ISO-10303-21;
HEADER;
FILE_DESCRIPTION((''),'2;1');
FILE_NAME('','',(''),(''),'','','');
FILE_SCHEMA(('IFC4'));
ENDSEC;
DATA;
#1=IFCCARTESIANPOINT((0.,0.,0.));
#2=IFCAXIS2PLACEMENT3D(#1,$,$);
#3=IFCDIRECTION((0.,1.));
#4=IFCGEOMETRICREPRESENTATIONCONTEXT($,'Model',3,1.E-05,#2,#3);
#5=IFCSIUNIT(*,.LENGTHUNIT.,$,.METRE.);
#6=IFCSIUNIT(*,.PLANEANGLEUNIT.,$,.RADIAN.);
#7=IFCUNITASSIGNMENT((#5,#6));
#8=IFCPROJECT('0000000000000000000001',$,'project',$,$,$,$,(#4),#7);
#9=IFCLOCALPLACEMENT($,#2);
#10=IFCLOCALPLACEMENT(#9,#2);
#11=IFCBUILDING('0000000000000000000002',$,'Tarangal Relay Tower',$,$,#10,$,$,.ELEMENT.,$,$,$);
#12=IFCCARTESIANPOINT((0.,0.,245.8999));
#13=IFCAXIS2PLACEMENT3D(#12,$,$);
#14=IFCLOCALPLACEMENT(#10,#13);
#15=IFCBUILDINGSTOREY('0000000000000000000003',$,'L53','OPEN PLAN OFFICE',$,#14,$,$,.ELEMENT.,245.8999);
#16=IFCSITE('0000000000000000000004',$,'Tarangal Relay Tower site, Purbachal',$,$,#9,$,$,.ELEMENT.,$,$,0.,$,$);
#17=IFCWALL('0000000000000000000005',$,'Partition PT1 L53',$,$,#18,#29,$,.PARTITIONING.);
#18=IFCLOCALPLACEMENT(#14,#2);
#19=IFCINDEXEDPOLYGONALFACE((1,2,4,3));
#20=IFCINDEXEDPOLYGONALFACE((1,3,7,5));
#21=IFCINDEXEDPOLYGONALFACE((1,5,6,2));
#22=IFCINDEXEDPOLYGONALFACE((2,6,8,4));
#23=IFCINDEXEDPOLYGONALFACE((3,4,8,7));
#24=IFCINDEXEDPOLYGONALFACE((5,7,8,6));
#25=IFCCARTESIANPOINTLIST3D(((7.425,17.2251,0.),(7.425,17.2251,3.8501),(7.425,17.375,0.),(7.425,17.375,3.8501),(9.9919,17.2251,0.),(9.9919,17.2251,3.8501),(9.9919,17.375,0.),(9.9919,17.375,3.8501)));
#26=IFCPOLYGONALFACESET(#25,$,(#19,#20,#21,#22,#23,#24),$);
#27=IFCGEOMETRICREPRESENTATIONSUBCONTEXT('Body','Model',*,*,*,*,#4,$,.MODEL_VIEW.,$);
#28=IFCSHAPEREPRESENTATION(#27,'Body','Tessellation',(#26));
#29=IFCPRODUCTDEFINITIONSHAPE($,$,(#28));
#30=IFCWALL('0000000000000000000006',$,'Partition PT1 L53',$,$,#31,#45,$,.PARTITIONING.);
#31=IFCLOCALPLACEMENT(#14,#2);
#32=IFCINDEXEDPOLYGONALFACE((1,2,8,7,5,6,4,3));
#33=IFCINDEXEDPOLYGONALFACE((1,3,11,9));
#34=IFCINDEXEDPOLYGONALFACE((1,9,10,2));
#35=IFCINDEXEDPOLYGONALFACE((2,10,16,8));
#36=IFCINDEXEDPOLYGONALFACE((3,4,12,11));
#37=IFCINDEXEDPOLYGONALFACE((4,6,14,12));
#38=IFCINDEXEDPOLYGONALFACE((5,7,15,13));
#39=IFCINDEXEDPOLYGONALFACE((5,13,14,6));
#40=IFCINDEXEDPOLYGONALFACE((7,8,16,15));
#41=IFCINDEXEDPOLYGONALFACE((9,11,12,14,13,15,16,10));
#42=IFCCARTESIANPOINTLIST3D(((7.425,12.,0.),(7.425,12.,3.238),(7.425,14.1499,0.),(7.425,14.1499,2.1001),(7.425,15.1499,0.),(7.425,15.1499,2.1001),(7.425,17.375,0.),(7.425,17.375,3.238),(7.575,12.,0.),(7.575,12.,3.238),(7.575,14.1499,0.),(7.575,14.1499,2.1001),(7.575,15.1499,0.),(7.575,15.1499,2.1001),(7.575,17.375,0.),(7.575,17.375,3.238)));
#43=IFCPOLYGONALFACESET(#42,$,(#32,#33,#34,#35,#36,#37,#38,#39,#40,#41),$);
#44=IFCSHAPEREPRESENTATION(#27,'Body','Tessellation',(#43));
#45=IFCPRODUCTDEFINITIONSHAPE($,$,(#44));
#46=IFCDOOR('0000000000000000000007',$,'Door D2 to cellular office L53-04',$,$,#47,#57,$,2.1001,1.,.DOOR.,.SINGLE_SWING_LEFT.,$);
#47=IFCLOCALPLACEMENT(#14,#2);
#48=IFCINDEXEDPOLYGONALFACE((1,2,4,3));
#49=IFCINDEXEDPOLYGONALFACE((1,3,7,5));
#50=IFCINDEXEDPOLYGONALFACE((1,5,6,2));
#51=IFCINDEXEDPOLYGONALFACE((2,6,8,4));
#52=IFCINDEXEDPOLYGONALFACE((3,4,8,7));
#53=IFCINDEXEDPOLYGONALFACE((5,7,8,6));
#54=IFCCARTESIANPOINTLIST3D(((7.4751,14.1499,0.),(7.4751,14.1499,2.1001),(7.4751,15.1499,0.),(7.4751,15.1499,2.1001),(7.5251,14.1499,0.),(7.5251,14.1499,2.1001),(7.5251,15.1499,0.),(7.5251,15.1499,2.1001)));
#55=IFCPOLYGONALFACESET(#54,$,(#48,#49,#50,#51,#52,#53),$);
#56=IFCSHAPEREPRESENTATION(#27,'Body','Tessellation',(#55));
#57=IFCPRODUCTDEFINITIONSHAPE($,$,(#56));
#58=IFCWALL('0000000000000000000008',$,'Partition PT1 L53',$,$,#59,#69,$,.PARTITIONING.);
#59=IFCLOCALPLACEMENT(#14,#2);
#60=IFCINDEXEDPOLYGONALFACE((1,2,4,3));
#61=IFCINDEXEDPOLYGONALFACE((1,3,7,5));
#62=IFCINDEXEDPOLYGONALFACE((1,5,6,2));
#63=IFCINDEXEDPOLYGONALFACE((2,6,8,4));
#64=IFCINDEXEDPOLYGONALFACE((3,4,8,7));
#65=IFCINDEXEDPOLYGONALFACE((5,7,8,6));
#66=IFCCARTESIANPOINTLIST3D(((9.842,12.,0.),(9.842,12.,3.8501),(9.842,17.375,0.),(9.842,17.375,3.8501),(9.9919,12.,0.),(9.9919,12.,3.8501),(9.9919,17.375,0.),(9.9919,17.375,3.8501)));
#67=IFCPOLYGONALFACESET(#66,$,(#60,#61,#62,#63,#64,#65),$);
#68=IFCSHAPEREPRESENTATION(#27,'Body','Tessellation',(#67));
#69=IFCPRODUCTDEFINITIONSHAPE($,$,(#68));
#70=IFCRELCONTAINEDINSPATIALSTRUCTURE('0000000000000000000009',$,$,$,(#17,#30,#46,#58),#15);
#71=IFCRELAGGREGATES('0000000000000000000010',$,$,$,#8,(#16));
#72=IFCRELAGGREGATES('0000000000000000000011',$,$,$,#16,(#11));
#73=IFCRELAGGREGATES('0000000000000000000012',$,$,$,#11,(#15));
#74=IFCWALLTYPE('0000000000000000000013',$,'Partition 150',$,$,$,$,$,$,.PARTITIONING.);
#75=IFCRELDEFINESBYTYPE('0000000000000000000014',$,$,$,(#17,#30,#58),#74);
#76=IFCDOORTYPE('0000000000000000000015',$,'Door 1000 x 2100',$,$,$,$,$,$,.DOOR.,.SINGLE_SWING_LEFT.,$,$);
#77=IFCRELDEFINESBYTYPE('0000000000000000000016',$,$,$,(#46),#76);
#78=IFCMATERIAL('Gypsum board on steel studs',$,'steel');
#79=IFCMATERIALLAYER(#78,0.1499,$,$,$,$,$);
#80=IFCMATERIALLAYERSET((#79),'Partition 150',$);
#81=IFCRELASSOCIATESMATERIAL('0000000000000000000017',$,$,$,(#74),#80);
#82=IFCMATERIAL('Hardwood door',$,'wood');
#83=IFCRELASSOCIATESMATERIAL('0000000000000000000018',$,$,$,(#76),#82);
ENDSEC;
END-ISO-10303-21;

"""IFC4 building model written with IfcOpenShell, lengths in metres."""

from ifc_helpers import new_model, si_unit, direction, frame, frame_2d, origin, place, context, subcontext, project, spatial, rectangle, extrude, material, layer, layer_set, type_object, element, fill, save


model = new_model("IFC4")

# Units and contexts
model_context = context("Model", 3, precision=1e-05, world=origin(), true_north=direction((0.0, 1.0)))
body_context = subcontext(model_context, "Body", "Model", "MODEL_VIEW")
ifc_project = project(units=[si_unit("LENGTHUNIT", "METRE"), si_unit("PLANEANGLEUNIT", "RADIAN")], contexts=[model_context])

# Site, building, storey
site_placement = place(None, origin())
site = spatial("IfcSite", under=ifc_project, at=site_placement, Name="Tarangal Relay Tower site, Purbachal", CompositionType="ELEMENT", RefElevation=0.0)
building_placement = place(site_placement, origin())
building = spatial("IfcBuilding", under=site, at=building_placement, Name="Tarangal Relay Tower", CompositionType="ELEMENT")
storey_placement = place(building_placement, frame((0.0, 0.0, 245.8999)))
storey = spatial("IfcBuildingStorey", under=building, at=storey_placement, Name="L53", Description="OPEN PLAN OFFICE", CompositionType="ELEMENT", Elevation=245.8999)

# Wall
ifc_material_1 = material(Name="Gypsum board on steel studs", Category="steel")
ifc_layer_1 = layer(ifc_material_1, 0.1499)
ifc_layer_set_1 = layer_set([ifc_layer_1], Name="Partition 150")
wall_type_1 = type_object("IfcWallType", Name="Partition 150", PredefinedType="PARTITIONING", material=ifc_layer_set_1)
wall_1_placement = place(storey_placement, frame((7.425, 17.3, 0.0), z_axis=(0.0, 0.0, 1.0), x_axis=(1.0, 0.0, 0.0)))
element("IfcWall", 1, at=wall_1_placement, inside=storey, type_object=wall_type_1, Name="Partition PT1 L53", PredefinedType="PARTITIONING", context=body_context, shape_type="SweptSolid", body=[
    extrude(rectangle(XDim=2.5669, YDim=0.1499, at=frame_2d((1.2834, 0.0))), origin(), (0.0, 0.0, 1.0), 3.8501),
])

# Wall, opening, door
wall_2_placement = place(storey_placement, frame((7.5, 12.0, 0.0), z_axis=(0.0, 0.0, 1.0), x_axis=(0.0, 1.0, 0.0)))
wall_2 = element("IfcWall", 2, at=wall_2_placement, inside=storey, type_object=wall_type_1, Name="Partition PT1 L53", PredefinedType="PARTITIONING", context=body_context, shape_type="SweptSolid", body=[
    extrude(rectangle(XDim=5.375, YDim=0.1499, at=frame_2d((2.6875, 0.0))), origin(), (0.0, 0.0, 1.0), 3.238),
])
opening_1_placement = place(wall_2_placement, frame((2.1499, 0.0, 0.0)))
opening_1 = element("IfcOpeningElement", 3, at=opening_1_placement, cuts=wall_2, PredefinedType="OPENING", context=body_context, shape_type="SweptSolid", body=[
    extrude(rectangle(XDim=1.0, YDim=2.1001, at=frame_2d((0.5, 1.05))), frame((0.0, 0.085, 0.0), z_axis=(0.0, -1.0, 0.0), x_axis=(1.0, 0.0, 0.0)), (0.0, 0.0, 1.0), 0.1699),
])
ifc_material_2 = material(Name="Hardwood door", Category="wood")
door_type_1 = type_object("IfcDoorType", Name="Door 1000 x 2100", OperationType="SINGLE_SWING_LEFT", PredefinedType="DOOR", material=ifc_material_2)
door_1_placement = place(opening_1_placement, origin())
door_1 = element("IfcDoor", 4, at=door_1_placement, inside=storey, type_object=door_type_1, Name="Door D2 to cellular office L53-04", OperationType="SINGLE_SWING_LEFT", OverallHeight=2.1001, OverallWidth=1.0, PredefinedType="DOOR", context=body_context, shape_type="SweptSolid", body=[
    extrude(rectangle(XDim=1.0, YDim=2.1001, at=frame_2d((0.5, 1.05))), frame((0.0, 0.0249, 0.0), z_axis=(0.0, -1.0, 0.0), x_axis=(1.0, 0.0, 0.0)), (0.0, 0.0, 1.0), 0.05),
])
fill(opening_1, door_1)

# Wall
wall_3_placement = place(storey_placement, frame((9.917, 12.0, 0.0), z_axis=(0.0, 0.0, 1.0), x_axis=(0.0, 1.0, 0.0)))
element("IfcWall", 5, at=wall_3_placement, inside=storey, type_object=wall_type_1, Name="Partition PT1 L53", PredefinedType="PARTITIONING", context=body_context, shape_type="SweptSolid", body=[
    extrude(rectangle(XDim=5.375, YDim=0.1499, at=frame_2d((2.6875, 0.0))), origin(), (0.0, 0.0, 1.0), 3.8501),
])

save(model, "model.ifc")
